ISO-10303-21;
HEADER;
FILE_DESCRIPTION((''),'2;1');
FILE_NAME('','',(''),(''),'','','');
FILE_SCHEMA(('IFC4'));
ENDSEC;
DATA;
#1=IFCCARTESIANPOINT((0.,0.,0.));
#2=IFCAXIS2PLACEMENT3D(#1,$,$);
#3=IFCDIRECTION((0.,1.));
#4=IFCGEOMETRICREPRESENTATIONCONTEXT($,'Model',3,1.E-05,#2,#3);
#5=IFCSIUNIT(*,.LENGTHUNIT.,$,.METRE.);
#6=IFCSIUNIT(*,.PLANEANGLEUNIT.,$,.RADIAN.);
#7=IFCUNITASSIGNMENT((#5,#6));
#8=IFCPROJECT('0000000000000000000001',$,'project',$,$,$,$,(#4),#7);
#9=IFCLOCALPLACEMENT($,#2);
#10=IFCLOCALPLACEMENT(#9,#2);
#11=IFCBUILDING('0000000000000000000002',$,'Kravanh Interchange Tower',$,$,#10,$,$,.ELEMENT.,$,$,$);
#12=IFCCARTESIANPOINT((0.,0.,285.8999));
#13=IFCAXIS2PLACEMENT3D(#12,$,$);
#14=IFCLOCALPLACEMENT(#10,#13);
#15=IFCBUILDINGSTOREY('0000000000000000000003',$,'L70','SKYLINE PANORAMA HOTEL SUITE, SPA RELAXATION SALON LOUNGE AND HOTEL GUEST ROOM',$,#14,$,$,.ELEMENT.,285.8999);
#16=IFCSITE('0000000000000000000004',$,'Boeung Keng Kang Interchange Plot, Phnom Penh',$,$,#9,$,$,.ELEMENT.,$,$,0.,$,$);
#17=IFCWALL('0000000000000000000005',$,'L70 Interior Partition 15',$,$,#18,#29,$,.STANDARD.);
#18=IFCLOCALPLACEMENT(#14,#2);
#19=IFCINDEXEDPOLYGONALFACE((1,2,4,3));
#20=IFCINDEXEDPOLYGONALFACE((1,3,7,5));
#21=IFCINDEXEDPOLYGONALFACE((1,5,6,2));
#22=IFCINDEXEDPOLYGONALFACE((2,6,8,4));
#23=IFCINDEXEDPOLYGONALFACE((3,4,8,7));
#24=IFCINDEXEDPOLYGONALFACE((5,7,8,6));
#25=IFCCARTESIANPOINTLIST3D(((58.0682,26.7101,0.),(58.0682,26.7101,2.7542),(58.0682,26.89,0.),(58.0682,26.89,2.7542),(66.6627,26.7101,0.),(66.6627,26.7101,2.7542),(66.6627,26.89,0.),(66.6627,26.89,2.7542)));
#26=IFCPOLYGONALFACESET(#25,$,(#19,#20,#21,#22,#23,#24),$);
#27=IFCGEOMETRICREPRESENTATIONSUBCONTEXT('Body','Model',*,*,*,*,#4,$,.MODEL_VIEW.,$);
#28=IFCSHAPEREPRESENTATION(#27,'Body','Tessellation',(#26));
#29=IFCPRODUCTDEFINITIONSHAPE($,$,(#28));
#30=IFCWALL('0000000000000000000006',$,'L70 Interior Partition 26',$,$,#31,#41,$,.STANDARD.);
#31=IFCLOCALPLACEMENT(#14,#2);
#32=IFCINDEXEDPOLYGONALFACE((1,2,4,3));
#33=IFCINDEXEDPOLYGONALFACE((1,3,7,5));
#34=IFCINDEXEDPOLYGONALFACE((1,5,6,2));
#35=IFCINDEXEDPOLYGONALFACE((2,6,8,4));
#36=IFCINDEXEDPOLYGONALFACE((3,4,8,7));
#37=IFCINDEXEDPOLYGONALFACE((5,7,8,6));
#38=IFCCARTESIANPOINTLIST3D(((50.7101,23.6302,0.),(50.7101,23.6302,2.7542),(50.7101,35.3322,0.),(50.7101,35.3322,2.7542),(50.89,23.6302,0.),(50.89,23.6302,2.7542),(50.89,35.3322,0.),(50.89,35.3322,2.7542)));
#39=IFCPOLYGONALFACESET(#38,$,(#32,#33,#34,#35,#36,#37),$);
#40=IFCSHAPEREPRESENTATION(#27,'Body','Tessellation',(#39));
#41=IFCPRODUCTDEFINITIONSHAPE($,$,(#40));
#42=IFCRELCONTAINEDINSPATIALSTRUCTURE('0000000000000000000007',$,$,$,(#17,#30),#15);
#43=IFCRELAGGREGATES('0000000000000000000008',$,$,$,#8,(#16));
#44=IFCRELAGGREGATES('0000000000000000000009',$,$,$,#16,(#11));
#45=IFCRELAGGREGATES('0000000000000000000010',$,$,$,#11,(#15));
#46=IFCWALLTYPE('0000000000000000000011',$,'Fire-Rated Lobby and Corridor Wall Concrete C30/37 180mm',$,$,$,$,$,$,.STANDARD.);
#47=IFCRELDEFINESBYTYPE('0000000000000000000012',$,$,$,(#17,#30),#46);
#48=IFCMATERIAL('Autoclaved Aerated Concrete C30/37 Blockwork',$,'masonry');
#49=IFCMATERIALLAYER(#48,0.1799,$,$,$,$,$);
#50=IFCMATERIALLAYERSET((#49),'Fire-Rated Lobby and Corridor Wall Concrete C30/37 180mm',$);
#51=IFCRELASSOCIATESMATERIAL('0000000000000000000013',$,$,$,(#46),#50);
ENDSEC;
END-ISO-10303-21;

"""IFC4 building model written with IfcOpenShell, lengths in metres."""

from ifc_helpers import new_model, si_unit, direction, frame, frame_2d, origin, place, context, subcontext, project, spatial, rectangle, extrude, material, layer, layer_set, type_object, element, save


model = new_model("IFC4")

# Units and contexts
model_context = context("Model", 3, precision=1e-05, world=origin(), true_north=direction((0.0, 1.0)))
body_context = subcontext(model_context, "Body", "Model", "MODEL_VIEW")
ifc_project = project(units=[si_unit("LENGTHUNIT", "METRE"), si_unit("PLANEANGLEUNIT", "RADIAN")], contexts=[model_context])

# Site, building, storey
site_placement = place(None, origin())
site = spatial("IfcSite", under=ifc_project, at=site_placement, Name="Boeung Keng Kang Interchange Plot, Phnom Penh", CompositionType="ELEMENT", RefElevation=0.0)
building_placement = place(site_placement, origin())
building = spatial("IfcBuilding", under=site, at=building_placement, Name="Kravanh Interchange Tower", CompositionType="ELEMENT")
storey_placement = place(building_placement, frame((0.0, 0.0, 285.8999)))
storey = spatial("IfcBuildingStorey", under=building, at=storey_placement, Name="L70", Description="SKYLINE PANORAMA HOTEL SUITE, SPA RELAXATION SALON LOUNGE AND HOTEL GUEST ROOM", CompositionType="ELEMENT", Elevation=285.8999)

# Shared definitions
ifc_material_1 = material(Name="Autoclaved Aerated Concrete C30/37 Blockwork", Category="masonry")
ifc_layer_1 = layer(ifc_material_1, 0.1799)
ifc_layer_set_1 = layer_set([ifc_layer_1], Name="Fire-Rated Lobby and Corridor Wall Concrete C30/37 180mm")
wall_type_1 = type_object("IfcWallType", Name="Fire-Rated Lobby and Corridor Wall Concrete C30/37 180mm", PredefinedType="STANDARD", material=ifc_layer_set_1)

# Walls
wall_1_placement = place(storey_placement, frame((58.0681, 26.8, 0.0), z_axis=(0.0, 0.0, 1.0), x_axis=(1.0, 0.0, 0.0)))
element("IfcWall", 1, at=wall_1_placement, inside=storey, type_object=wall_type_1, Name="L70 Interior Partition 15", PredefinedType="STANDARD", context=body_context, shape_type="SweptSolid", body=[
    extrude(rectangle(XDim=8.5945, YDim=0.1799, at=frame_2d((4.2974, 0.0))), origin(), (0.0, 0.0, 1.0), 2.7542),
])
wall_2_placement = place(storey_placement, frame((50.8, 23.6301, 0.0), z_axis=(0.0, 0.0, 1.0), x_axis=(0.0, 1.0, 0.0)))
element("IfcWall", 2, at=wall_2_placement, inside=storey, type_object=wall_type_1, Name="L70 Interior Partition 26", PredefinedType="STANDARD", context=body_context, shape_type="SweptSolid", body=[
    extrude(rectangle(XDim=11.7019, YDim=0.1799, at=frame_2d((5.8511, 0.0))), origin(), (0.0, 0.0, 1.0), 2.7542),
])

save(model, "model.ifc")
